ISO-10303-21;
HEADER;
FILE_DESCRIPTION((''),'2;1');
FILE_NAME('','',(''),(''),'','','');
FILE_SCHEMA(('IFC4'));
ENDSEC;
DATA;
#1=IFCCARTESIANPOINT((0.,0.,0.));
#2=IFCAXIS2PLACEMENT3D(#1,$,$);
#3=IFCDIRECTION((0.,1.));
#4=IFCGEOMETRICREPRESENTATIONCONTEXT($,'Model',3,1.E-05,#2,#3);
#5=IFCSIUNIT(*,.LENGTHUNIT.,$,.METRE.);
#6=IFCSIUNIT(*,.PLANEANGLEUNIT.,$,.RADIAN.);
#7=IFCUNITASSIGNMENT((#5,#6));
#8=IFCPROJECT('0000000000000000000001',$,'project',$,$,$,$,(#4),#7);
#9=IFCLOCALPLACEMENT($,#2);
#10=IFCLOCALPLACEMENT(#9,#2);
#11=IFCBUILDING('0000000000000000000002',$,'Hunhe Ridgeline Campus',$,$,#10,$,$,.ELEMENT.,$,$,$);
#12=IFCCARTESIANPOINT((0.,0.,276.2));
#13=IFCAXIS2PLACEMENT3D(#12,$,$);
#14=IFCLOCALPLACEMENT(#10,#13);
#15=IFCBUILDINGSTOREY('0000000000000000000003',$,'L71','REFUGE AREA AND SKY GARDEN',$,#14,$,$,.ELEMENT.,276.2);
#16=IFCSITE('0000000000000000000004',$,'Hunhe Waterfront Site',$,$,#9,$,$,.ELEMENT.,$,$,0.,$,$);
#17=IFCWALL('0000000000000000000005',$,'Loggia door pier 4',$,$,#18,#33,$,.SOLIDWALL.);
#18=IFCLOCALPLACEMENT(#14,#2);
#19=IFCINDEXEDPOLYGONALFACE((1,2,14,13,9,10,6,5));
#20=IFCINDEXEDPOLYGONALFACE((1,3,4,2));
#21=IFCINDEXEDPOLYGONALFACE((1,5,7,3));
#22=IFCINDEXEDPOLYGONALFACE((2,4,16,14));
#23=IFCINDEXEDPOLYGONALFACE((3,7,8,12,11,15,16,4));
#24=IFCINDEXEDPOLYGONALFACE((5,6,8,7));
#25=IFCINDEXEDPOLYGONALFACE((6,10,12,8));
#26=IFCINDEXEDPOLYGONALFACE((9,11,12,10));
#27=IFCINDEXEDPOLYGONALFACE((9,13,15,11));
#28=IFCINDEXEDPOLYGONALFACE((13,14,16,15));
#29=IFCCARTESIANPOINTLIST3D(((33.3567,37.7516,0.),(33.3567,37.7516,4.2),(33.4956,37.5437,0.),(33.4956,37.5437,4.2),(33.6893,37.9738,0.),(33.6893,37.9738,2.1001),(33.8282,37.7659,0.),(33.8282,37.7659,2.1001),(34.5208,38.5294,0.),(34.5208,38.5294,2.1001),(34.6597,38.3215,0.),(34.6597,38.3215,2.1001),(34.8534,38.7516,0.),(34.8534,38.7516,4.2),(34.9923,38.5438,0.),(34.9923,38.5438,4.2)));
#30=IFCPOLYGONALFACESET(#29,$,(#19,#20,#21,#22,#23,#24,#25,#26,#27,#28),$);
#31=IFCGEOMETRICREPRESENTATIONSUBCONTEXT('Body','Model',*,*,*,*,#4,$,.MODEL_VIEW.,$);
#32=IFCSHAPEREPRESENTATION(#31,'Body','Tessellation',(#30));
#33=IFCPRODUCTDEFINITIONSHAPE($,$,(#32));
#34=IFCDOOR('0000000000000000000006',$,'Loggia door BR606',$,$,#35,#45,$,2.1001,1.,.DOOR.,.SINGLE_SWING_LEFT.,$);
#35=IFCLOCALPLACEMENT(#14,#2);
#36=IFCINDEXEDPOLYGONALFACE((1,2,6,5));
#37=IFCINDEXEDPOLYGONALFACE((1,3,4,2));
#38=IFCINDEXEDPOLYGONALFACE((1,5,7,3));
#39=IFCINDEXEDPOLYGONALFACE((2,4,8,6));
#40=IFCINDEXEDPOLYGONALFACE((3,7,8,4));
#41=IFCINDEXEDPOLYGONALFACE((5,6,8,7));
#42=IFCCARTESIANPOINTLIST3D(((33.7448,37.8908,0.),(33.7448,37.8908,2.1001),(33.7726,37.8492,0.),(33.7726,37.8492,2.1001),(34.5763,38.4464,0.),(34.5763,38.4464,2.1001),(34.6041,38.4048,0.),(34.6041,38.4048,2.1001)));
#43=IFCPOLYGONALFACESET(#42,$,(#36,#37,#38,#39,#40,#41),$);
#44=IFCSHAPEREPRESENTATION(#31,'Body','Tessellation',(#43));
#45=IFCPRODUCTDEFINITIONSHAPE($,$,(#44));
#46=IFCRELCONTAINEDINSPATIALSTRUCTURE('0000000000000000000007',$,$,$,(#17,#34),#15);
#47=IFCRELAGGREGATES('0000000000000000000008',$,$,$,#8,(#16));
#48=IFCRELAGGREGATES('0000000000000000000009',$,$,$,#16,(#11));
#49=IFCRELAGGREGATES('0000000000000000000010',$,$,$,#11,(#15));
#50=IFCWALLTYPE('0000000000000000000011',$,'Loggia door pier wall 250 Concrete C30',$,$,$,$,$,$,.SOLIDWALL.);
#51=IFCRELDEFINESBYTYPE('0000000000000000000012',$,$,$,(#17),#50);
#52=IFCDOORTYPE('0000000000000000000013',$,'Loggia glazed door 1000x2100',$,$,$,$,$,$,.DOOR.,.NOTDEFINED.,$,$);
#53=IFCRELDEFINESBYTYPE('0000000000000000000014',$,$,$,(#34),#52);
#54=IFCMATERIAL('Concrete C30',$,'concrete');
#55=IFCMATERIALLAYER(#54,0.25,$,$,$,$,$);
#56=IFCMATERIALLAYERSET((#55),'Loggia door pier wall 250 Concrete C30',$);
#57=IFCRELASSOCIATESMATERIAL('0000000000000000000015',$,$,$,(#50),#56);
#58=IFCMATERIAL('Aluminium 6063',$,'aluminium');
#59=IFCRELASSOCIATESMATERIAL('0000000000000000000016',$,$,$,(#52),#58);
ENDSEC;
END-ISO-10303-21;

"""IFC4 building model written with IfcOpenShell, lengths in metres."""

from ifc_helpers import new_model, si_unit, direction, frame, frame_2d, origin, place, context, subcontext, project, spatial, rectangle, extrude, material, layer, layer_set, type_object, element, fill, save


model = new_model("IFC4")

# Units and contexts
model_context = context("Model", 3, precision=1e-05, world=origin(), true_north=direction((0.0, 1.0)))
body_context = subcontext(model_context, "Body", "Model", "MODEL_VIEW")
ifc_project = project(units=[si_unit("LENGTHUNIT", "METRE"), si_unit("PLANEANGLEUNIT", "RADIAN")], contexts=[model_context])

# Site, building, storey
site_placement = place(None, origin())
site = spatial("IfcSite", under=ifc_project, at=site_placement, Name="Hunhe Waterfront Site", CompositionType="ELEMENT", RefElevation=0.0)
building_placement = place(site_placement, origin())
building = spatial("IfcBuilding", under=site, at=building_placement, Name="Hunhe Ridgeline Campus", CompositionType="ELEMENT")
storey_placement = place(building_placement, frame((0.0, 0.0, 276.2)))
storey = spatial("IfcBuildingStorey", under=building, at=storey_placement, Name="L71", Description="REFUGE AREA AND SKY GARDEN", CompositionType="ELEMENT", Elevation=276.2)

# Shared definitions
ifc_material_1 = material(Name="Aluminium 6063", Category="aluminium")

# Wall, opening, door
ifc_material_2 = material(Name="Concrete C30", Category="concrete")
ifc_layer_1 = layer(ifc_material_2, 0.25)
ifc_layer_set_1 = layer_set([ifc_layer_1], Name="Loggia door pier wall 250 Concrete C30")
wall_type = type_object("IfcWallType", Name="Loggia door pier wall 250 Concrete C30", PredefinedType="SOLIDWALL", material=ifc_layer_set_1)
wall_placement = place(storey_placement, frame((33.4263, 37.6477, 0.0), z_axis=(0.0, 0.0, 1.0), x_axis=(0.831466, 0.555576, 0.0)))
wall = element("IfcWall", 1, at=wall_placement, inside=storey, type_object=wall_type, Name="Loggia door pier 4", PredefinedType="SOLIDWALL", context=body_context, shape_type="SweptSolid", body=[
    extrude(rectangle(XDim=1.8, YDim=0.25, at=frame_2d((0.8999, 0.0))), origin(), (0.0, 0.0, 1.0), 4.2),
])
opening_placement = place(wall_placement, frame((0.3999, 0.0, 0.0)))
opening = element("IfcOpeningElement", 2, at=opening_placement, cuts=wall, PredefinedType="OPENING", context=body_context, shape_type="SweptSolid", body=[
    extrude(rectangle(XDim=1.0, YDim=2.1001, at=frame_2d((0.5, 1.05))), frame((0.0, 0.125, 0.0), z_axis=(0.0, -1.0, 0.0), x_axis=(1.0, 0.0, 0.0)), (0.0, 0.0, 1.0), 0.25),
])
door_type = type_object("IfcDoorType", Name="Loggia glazed door 1000x2100", OperationType="NOTDEFINED", PredefinedType="DOOR", material=ifc_material_1)
door_placement = place(opening_placement, frame((1.0, 0.0, 0.0), z_axis=(0.0, 0.0, 1.0), x_axis=(-1.0, 0.0, 0.0)))
door = element("IfcDoor", 3, at=door_placement, inside=storey, type_object=door_type, Name="Loggia door BR606", OperationType="SINGLE_SWING_LEFT", OverallHeight=2.1001, OverallWidth=1.0, PredefinedType="DOOR", context=body_context, shape_type="SweptSolid", body=[
    extrude(rectangle(XDim=1.0, YDim=2.1001, at=frame_2d((0.5, 1.05))), frame((0.0, 0.0249, 0.0), z_axis=(0.0, -1.0, 0.0), x_axis=(1.0, 0.0, 0.0)), (0.0, 0.0, 1.0), 0.05),
])
fill(opening, door)

save(model, "model.ifc")
